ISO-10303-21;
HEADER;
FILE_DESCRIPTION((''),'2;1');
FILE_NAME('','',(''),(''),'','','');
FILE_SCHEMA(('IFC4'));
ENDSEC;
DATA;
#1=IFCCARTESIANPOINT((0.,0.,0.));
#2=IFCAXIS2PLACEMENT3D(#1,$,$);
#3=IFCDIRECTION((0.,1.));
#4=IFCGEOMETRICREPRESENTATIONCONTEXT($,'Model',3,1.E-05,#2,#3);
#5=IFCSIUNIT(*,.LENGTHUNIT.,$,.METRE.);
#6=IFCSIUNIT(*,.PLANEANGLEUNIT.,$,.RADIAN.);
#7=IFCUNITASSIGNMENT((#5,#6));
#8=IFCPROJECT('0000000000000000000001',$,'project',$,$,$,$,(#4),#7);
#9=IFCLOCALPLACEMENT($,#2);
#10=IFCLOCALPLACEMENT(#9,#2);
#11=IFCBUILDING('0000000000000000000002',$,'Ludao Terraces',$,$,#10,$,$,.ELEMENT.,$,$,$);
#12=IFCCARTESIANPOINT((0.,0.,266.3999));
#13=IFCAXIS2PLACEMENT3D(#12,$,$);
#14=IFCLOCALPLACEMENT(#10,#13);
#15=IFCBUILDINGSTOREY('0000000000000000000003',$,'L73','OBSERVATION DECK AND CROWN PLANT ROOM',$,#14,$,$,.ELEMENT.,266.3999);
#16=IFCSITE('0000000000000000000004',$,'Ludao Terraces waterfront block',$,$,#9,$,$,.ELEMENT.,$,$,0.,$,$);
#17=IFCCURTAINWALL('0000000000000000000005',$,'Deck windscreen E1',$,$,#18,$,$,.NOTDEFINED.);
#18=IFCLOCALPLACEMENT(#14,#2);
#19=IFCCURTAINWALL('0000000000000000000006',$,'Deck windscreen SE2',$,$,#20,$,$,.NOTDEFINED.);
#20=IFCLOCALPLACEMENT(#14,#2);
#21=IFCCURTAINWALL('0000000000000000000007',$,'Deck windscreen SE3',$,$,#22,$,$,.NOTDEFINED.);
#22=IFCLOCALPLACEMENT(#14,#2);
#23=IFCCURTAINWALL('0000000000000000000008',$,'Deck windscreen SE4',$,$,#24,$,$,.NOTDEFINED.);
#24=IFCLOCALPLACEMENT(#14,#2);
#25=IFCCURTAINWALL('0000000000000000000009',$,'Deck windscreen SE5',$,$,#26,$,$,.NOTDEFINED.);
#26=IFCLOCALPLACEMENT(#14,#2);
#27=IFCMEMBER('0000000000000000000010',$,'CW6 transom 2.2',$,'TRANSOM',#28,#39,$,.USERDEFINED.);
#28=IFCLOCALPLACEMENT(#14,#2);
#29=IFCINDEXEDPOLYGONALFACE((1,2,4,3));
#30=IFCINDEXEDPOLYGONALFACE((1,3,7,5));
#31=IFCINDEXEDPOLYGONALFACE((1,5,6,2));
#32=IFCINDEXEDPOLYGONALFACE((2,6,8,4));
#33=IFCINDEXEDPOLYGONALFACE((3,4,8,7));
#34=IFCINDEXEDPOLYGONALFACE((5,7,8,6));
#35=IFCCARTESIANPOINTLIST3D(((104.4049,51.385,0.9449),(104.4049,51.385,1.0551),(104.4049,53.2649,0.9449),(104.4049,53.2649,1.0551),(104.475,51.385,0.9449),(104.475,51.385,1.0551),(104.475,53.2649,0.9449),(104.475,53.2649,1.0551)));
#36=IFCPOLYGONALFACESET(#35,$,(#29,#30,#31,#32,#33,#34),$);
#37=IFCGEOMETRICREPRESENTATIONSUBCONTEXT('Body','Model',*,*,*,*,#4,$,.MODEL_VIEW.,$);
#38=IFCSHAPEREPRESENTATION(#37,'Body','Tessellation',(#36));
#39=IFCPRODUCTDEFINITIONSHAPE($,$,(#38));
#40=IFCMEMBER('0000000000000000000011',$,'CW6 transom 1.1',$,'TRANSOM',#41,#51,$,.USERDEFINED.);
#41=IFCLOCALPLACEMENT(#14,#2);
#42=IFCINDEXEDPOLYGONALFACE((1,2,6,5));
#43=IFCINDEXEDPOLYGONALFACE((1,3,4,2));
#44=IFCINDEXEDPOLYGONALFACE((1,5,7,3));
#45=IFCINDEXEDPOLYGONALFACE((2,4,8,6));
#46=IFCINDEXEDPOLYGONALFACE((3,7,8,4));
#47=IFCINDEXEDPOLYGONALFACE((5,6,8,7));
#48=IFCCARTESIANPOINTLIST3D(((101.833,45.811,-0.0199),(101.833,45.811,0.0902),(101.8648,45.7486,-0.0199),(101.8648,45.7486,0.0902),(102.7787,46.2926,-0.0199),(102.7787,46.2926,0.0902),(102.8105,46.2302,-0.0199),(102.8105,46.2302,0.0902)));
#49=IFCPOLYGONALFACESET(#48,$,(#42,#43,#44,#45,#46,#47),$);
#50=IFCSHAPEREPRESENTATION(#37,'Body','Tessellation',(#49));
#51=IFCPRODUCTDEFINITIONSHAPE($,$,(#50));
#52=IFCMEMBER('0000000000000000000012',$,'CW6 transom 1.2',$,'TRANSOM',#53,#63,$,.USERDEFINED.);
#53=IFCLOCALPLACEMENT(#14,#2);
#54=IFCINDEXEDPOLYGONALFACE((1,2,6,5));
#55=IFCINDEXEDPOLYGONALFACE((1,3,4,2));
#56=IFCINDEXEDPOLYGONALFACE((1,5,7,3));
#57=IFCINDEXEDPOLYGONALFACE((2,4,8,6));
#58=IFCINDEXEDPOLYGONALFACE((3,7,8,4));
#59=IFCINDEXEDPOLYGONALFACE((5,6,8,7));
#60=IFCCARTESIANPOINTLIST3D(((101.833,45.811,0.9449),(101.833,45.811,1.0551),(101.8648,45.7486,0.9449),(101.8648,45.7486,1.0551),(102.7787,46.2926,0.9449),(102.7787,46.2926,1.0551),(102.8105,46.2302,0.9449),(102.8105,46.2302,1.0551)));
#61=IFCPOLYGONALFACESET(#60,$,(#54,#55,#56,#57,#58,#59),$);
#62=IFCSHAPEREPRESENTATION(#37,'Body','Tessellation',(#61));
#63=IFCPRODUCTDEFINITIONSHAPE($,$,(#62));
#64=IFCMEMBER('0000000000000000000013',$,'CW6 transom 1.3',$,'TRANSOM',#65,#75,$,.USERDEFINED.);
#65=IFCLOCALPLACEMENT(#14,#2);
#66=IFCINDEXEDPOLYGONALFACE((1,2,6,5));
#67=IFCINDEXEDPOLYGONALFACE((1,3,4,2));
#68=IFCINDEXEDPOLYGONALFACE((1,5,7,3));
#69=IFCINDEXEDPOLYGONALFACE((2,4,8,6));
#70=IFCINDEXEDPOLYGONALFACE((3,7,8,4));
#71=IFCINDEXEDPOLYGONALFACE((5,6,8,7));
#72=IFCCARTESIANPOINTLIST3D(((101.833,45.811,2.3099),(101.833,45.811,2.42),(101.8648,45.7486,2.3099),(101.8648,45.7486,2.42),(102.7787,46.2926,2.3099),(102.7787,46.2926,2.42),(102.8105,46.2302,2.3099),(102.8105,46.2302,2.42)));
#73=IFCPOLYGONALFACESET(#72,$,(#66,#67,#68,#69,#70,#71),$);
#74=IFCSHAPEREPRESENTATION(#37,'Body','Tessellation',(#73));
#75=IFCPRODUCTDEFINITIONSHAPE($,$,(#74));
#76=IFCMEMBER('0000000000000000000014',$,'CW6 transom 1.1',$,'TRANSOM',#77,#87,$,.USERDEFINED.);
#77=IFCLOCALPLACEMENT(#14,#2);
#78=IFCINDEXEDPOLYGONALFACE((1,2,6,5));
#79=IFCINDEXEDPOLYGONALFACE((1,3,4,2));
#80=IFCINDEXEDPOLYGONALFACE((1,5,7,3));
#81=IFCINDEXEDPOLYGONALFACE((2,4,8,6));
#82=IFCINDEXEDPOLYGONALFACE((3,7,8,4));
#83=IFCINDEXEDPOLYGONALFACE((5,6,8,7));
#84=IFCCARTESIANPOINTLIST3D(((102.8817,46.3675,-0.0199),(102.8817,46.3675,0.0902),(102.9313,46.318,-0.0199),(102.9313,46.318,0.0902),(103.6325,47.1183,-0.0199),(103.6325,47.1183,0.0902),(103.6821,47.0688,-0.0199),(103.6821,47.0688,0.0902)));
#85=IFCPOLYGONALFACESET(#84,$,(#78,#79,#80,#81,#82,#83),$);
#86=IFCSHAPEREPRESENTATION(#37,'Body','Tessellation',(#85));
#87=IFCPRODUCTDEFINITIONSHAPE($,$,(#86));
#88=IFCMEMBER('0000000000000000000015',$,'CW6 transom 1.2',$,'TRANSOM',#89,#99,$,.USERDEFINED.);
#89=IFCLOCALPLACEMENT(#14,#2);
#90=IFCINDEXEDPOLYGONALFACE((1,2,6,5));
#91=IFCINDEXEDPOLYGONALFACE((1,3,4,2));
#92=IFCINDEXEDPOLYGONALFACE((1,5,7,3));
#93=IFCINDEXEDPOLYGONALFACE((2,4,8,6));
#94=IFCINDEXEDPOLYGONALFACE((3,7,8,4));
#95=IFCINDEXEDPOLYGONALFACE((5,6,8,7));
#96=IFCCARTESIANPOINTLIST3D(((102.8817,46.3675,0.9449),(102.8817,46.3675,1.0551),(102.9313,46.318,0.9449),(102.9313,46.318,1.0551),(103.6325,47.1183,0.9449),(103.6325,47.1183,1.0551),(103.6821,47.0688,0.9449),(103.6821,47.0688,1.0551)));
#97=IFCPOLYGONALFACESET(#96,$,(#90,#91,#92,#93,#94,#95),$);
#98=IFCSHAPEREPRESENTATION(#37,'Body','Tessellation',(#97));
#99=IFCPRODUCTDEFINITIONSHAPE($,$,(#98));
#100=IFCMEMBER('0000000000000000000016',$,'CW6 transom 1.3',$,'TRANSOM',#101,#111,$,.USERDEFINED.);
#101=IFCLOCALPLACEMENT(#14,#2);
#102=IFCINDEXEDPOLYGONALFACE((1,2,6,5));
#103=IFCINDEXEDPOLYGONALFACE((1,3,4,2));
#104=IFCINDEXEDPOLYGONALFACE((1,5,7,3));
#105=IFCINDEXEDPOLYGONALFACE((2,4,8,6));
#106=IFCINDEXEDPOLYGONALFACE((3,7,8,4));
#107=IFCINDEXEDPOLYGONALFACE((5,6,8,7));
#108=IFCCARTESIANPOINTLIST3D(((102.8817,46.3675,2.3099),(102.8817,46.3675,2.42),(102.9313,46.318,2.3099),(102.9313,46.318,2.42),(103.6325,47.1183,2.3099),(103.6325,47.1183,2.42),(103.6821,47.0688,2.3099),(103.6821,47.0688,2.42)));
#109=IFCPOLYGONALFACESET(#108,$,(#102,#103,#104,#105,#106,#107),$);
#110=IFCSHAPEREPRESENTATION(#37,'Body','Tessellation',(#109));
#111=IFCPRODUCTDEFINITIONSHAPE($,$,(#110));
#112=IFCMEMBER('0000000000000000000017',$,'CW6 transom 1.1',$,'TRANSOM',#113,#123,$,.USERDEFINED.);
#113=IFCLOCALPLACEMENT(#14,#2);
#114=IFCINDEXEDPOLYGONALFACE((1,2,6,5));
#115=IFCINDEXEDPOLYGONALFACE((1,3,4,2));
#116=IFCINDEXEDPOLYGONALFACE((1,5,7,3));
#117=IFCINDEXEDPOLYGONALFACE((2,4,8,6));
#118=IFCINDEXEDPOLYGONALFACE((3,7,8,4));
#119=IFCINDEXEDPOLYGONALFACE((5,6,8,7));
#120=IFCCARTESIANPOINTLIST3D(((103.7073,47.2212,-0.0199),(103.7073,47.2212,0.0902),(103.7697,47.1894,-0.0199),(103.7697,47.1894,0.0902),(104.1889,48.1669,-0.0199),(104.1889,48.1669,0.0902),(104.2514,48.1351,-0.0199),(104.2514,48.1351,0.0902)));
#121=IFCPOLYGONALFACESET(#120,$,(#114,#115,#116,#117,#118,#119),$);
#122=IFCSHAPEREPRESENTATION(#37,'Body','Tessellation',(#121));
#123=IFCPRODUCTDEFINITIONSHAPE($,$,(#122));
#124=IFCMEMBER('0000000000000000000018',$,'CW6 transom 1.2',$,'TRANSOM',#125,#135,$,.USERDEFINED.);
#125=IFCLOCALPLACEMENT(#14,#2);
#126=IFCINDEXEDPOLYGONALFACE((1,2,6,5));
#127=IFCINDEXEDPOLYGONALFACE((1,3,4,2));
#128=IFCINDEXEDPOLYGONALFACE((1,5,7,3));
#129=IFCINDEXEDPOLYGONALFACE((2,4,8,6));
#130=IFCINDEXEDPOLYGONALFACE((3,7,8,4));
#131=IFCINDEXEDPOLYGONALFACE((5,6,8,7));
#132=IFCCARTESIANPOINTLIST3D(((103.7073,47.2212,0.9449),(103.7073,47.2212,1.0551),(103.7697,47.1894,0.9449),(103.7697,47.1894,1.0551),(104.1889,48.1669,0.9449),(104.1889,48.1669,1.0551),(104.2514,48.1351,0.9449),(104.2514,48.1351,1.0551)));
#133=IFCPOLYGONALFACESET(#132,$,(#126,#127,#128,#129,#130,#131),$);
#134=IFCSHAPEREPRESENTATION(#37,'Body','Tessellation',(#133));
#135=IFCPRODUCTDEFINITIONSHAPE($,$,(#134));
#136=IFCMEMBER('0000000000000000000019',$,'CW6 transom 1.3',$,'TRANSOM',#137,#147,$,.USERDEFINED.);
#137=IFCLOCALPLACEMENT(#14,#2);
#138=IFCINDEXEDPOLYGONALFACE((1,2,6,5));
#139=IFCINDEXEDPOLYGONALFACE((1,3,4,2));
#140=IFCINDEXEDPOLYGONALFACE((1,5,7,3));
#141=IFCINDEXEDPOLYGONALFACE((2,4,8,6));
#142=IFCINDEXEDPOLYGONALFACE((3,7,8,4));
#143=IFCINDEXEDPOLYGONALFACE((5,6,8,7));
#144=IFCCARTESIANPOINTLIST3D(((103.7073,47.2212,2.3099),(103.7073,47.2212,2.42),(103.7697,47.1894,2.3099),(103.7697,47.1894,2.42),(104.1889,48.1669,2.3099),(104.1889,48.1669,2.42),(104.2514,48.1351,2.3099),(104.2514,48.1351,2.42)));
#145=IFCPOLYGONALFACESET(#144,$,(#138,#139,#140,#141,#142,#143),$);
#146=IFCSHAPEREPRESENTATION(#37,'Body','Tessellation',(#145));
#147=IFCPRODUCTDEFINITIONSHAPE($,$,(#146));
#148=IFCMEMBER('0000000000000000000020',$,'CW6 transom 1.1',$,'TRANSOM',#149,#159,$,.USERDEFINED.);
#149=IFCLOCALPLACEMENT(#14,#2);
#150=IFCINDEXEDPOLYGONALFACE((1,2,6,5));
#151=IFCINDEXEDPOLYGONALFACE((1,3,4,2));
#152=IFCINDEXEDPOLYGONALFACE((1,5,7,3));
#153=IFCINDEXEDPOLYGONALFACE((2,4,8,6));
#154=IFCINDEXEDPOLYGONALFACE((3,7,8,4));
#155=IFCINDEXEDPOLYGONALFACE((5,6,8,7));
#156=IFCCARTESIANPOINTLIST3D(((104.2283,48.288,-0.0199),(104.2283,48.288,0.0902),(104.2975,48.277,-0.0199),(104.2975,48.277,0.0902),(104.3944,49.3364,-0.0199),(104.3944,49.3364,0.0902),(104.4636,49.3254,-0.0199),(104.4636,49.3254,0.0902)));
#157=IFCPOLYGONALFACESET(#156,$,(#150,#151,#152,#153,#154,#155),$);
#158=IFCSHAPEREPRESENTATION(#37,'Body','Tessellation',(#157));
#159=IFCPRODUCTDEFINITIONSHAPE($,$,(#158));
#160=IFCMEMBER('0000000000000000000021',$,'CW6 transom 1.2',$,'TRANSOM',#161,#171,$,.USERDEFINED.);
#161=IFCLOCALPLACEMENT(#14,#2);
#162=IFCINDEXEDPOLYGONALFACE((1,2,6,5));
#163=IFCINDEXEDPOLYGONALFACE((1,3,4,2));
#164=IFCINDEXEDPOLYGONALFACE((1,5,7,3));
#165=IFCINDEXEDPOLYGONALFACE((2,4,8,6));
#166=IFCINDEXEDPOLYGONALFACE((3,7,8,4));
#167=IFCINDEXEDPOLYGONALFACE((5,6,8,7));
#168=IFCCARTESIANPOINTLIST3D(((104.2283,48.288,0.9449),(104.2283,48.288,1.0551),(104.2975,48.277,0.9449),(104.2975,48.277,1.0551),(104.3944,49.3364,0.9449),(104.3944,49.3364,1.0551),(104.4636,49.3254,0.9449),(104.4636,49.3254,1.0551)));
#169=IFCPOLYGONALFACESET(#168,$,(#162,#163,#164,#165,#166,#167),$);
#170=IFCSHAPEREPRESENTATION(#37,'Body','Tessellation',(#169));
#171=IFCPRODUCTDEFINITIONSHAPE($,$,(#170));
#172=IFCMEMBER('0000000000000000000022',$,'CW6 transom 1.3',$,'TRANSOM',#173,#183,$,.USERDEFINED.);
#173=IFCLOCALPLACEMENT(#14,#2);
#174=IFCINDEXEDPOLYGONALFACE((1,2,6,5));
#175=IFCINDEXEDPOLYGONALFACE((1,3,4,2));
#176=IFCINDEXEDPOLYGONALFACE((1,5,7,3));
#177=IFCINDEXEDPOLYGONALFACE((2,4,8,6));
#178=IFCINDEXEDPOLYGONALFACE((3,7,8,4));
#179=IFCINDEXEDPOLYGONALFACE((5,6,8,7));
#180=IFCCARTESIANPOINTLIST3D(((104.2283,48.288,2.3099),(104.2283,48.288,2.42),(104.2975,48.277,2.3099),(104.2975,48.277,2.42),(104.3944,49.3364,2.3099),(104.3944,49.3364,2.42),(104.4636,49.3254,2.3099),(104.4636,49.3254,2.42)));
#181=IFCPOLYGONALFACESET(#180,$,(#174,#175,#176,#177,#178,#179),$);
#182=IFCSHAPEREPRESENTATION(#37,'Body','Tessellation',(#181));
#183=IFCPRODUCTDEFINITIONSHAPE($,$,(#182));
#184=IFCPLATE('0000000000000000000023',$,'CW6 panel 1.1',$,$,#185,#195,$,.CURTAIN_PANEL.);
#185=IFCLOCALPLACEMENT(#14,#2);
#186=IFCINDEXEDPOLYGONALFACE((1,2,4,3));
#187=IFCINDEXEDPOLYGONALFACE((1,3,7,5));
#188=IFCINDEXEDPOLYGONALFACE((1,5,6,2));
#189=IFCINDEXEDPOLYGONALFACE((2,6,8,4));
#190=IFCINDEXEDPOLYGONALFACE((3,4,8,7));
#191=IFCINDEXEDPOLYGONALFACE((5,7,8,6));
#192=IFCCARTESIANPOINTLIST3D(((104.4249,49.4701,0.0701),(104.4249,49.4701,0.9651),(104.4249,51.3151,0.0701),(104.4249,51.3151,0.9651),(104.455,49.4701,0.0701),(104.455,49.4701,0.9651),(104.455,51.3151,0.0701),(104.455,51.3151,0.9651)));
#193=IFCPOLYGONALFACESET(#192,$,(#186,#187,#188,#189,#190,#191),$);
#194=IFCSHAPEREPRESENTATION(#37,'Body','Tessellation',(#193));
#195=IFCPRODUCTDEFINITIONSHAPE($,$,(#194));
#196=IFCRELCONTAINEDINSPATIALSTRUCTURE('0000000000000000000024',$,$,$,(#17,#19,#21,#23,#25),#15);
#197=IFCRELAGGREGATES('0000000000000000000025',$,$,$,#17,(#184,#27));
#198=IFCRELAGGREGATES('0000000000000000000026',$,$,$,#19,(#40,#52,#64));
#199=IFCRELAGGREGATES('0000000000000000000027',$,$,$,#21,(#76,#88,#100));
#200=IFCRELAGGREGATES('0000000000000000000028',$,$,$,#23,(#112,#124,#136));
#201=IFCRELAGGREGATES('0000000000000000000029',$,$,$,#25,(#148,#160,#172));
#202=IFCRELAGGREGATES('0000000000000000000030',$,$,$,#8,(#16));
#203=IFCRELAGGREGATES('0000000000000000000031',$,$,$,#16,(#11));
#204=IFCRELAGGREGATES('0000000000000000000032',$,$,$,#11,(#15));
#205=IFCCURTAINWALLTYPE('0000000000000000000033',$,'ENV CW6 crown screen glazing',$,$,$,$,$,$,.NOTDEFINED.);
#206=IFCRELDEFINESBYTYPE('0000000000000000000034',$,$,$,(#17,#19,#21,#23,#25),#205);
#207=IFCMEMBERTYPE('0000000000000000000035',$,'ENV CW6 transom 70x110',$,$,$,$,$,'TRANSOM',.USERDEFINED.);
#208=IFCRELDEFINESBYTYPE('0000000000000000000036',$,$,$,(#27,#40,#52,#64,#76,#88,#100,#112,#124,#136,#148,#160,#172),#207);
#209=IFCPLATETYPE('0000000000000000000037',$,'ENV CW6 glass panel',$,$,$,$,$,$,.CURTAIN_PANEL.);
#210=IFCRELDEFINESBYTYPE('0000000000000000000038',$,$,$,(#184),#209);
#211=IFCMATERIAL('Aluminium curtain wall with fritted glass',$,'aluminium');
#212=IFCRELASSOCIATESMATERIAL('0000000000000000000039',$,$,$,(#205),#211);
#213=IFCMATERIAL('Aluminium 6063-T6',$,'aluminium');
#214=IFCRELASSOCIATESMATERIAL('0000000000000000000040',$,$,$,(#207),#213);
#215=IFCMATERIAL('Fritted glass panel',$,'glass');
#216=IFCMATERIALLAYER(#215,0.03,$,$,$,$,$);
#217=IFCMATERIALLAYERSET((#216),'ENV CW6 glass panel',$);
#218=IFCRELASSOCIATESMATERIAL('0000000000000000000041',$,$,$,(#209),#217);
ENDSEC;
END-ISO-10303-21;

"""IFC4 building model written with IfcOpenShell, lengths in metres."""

from ifc_helpers import new_model, si_unit, direction, frame, origin, origin_2d, place, context, subcontext, project, spatial, rectangle, extrude, material, layer, layer_set, material_profile, profile_set, type_object, element, aggregate, save


model = new_model("IFC4")

# Units and contexts
model_context = context("Model", 3, precision=1e-05, world=origin(), true_north=direction((0.0, 1.0)))
body_context = subcontext(model_context, "Body", "Model", "MODEL_VIEW")
ifc_project = project(units=[si_unit("LENGTHUNIT", "METRE"), si_unit("PLANEANGLEUNIT", "RADIAN")], contexts=[model_context])

# Site, building, storey
site_placement = place(None, origin())
site = spatial("IfcSite", under=ifc_project, at=site_placement, Name="Ludao Terraces waterfront block", CompositionType="ELEMENT", RefElevation=0.0)
building_placement = place(site_placement, origin())
building = spatial("IfcBuilding", under=site, at=building_placement, Name="Ludao Terraces", CompositionType="ELEMENT")
storey_placement = place(building_placement, frame((0.0, 0.0, 266.3999)))
storey = spatial("IfcBuildingStorey", under=building, at=storey_placement, Name="L73", Description="OBSERVATION DECK AND CROWN PLANT ROOM", CompositionType="ELEMENT", Elevation=266.3999)

# Curtain wall
ifc_material_1 = material(Name="Aluminium curtain wall with fritted glass", Category="aluminium")
curtain_wall_type = type_object("IfcCurtainWallType", Name="ENV CW6 crown screen glazing", PredefinedType="NOTDEFINED", material=ifc_material_1)
curtain_wall_1_placement = place(storey_placement, origin())
curtain_wall_1 = element("IfcCurtainWall", 1, at=curtain_wall_1_placement, inside=storey, type_object=curtain_wall_type, Name="Deck windscreen E1", PredefinedType="NOTDEFINED")
ifc_material_2 = material(Name="Aluminium 6063-T6", Category="aluminium")

# Curtain walls
curtain_wall_2_placement = place(storey_placement, origin())
curtain_wall_2 = element("IfcCurtainWall", 2, at=curtain_wall_2_placement, inside=storey, type_object=curtain_wall_type, Name="Deck windscreen SE2", PredefinedType="NOTDEFINED")
curtain_wall_3_placement = place(storey_placement, origin())
curtain_wall_3 = element("IfcCurtainWall", 3, at=curtain_wall_3_placement, inside=storey, type_object=curtain_wall_type, Name="Deck windscreen SE3", PredefinedType="NOTDEFINED")
curtain_wall_4_placement = place(storey_placement, origin())
curtain_wall_4 = element("IfcCurtainWall", 4, at=curtain_wall_4_placement, inside=storey, type_object=curtain_wall_type, Name="Deck windscreen SE4", PredefinedType="NOTDEFINED")
curtain_wall_5_placement = place(storey_placement, origin())
curtain_wall_5 = element("IfcCurtainWall", 5, at=curtain_wall_5_placement, inside=storey, type_object=curtain_wall_type, Name="Deck windscreen SE5", PredefinedType="NOTDEFINED")

# Members
ifc_material_profile_1 = material_profile(ifc_material_2, rectangle(XDim=0.0701, YDim=0.1101, at=origin_2d()), Name="70 X 110")
ifc_profile_set_1 = profile_set([ifc_material_profile_1], Name="Aluminium 6063-T6")
member_type_1 = type_object("IfcMemberType", Name="ENV CW6 transom 70x110", ElementType="TRANSOM", PredefinedType="USERDEFINED", material=ifc_profile_set_1)
member_1_placement = place(storey_placement, frame((104.4399, 51.385, 1.0), z_axis=(0.0, 1.0, 0.0), x_axis=(-1.0, 0.0, 0.0)))
member_1 = element("IfcMember", 6, at=member_1_placement, type_object=member_type_1, Name="CW6 transom 2.2", ObjectType="TRANSOM", PredefinedType="USERDEFINED", context=body_context, shape_type="SweptSolid", body=[
    extrude(rectangle(XDim=0.0701, YDim=0.1101, at=origin_2d()), origin(), (0.0, 0.0, 1.0), 1.8799),
])
member_2_placement = place(storey_placement, frame((101.8489, 45.7798, 0.0352), z_axis=(0.89109, 0.453826, 0.0), x_axis=(-0.453826, 0.89109, 0.0)))
member_2 = element("IfcMember", 7, at=member_2_placement, type_object=member_type_1, Name="CW6 transom 1.1", ObjectType="TRANSOM", PredefinedType="USERDEFINED", context=body_context, shape_type="SweptSolid", body=[
    extrude(rectangle(XDim=0.0701, YDim=0.1101, at=origin_2d()), origin(), (0.0, 0.0, 1.0), 1.0613),
])
member_3_placement = place(storey_placement, frame((101.8489, 45.7798, 1.0), z_axis=(0.89109, 0.453826, 0.0), x_axis=(-0.453826, 0.89109, 0.0)))
member_3 = element("IfcMember", 8, at=member_3_placement, type_object=member_type_1, Name="CW6 transom 1.2", ObjectType="TRANSOM", PredefinedType="USERDEFINED", context=body_context, shape_type="SweptSolid", body=[
    extrude(rectangle(XDim=0.0701, YDim=0.1101, at=origin_2d()), origin(), (0.0, 0.0, 1.0), 1.0613),
])
member_4_placement = place(storey_placement, frame((101.8489, 45.7798, 2.365), z_axis=(0.89109, 0.453826, 0.0), x_axis=(-0.453826, 0.89109, 0.0)))
member_4 = element("IfcMember", 9, at=member_4_placement, type_object=member_type_1, Name="CW6 transom 1.3", ObjectType="TRANSOM", PredefinedType="USERDEFINED", context=body_context, shape_type="SweptSolid", body=[
    extrude(rectangle(XDim=0.0701, YDim=0.1101, at=origin_2d()), origin(), (0.0, 0.0, 1.0), 1.0613),
])
member_5_placement = place(storey_placement, frame((102.9065, 46.3428, 0.0352), z_axis=(0.707107, 0.707107, 0.0), x_axis=(-0.707107, 0.707107, 0.0)))
member_5 = element("IfcMember", 10, at=member_5_placement, type_object=member_type_1, Name="CW6 transom 1.1", ObjectType="TRANSOM", PredefinedType="USERDEFINED", context=body_context, shape_type="SweptSolid", body=[
    extrude(rectangle(XDim=0.0701, YDim=0.1101, at=origin_2d()), origin(), (0.0, 0.0, 1.0), 1.0618),
])
member_6_placement = place(storey_placement, frame((102.9065, 46.3428, 1.0), z_axis=(0.707107, 0.707107, 0.0), x_axis=(-0.707107, 0.707107, 0.0)))
member_6 = element("IfcMember", 11, at=member_6_placement, type_object=member_type_1, Name="CW6 transom 1.2", ObjectType="TRANSOM", PredefinedType="USERDEFINED", context=body_context, shape_type="SweptSolid", body=[
    extrude(rectangle(XDim=0.0701, YDim=0.1101, at=origin_2d()), origin(), (0.0, 0.0, 1.0), 1.0618),
])
member_7_placement = place(storey_placement, frame((102.9065, 46.3428, 2.365), z_axis=(0.707107, 0.707107, 0.0), x_axis=(-0.707107, 0.707107, 0.0)))
member_7 = element("IfcMember", 12, at=member_7_placement, type_object=member_type_1, Name="CW6 transom 1.3", ObjectType="TRANSOM", PredefinedType="USERDEFINED", context=body_context, shape_type="SweptSolid", body=[
    extrude(rectangle(XDim=0.0701, YDim=0.1101, at=origin_2d()), origin(), (0.0, 0.0, 1.0), 1.0618),
])
member_8_placement = place(storey_placement, frame((103.7385, 47.2053, 0.0352), z_axis=(0.453826, 0.89109, 0.0), x_axis=(-0.89109, 0.453826, 0.0)))
member_8 = element("IfcMember", 13, at=member_8_placement, type_object=member_type_1, Name="CW6 transom 1.1", ObjectType="TRANSOM", PredefinedType="USERDEFINED", context=body_context, shape_type="SweptSolid", body=[
    extrude(rectangle(XDim=0.0701, YDim=0.1101, at=origin_2d()), origin(), (0.0, 0.0, 1.0), 1.0613),
])
member_9_placement = place(storey_placement, frame((103.7385, 47.2053, 1.0), z_axis=(0.453826, 0.89109, 0.0), x_axis=(-0.89109, 0.453826, 0.0)))
member_9 = element("IfcMember", 14, at=member_9_placement, type_object=member_type_1, Name="CW6 transom 1.2", ObjectType="TRANSOM", PredefinedType="USERDEFINED", context=body_context, shape_type="SweptSolid", body=[
    extrude(rectangle(XDim=0.0701, YDim=0.1101, at=origin_2d()), origin(), (0.0, 0.0, 1.0), 1.0613),
])
member_10_placement = place(storey_placement, frame((103.7385, 47.2053, 2.365), z_axis=(0.453826, 0.89109, 0.0), x_axis=(-0.89109, 0.453826, 0.0)))
member_10 = element("IfcMember", 15, at=member_10_placement, type_object=member_type_1, Name="CW6 transom 1.3", ObjectType="TRANSOM", PredefinedType="USERDEFINED", context=body_context, shape_type="SweptSolid", body=[
    extrude(rectangle(XDim=0.0701, YDim=0.1101, at=origin_2d()), origin(), (0.0, 0.0, 1.0), 1.0613),
])
member_11_placement = place(storey_placement, frame((104.2629, 48.2825, 0.0352), z_axis=(0.156411, 0.987692, 0.0), x_axis=(-0.987692, 0.156411, 0.0)))
member_11 = element("IfcMember", 16, at=member_11_placement, type_object=member_type_1, Name="CW6 transom 1.1", ObjectType="TRANSOM", PredefinedType="USERDEFINED", context=body_context, shape_type="SweptSolid", body=[
    extrude(rectangle(XDim=0.0701, YDim=0.1101, at=origin_2d()), origin(), (0.0, 0.0, 1.0), 1.0615),
])
member_12_placement = place(storey_placement, frame((104.2629, 48.2825, 1.0), z_axis=(0.156411, 0.987692, 0.0), x_axis=(-0.987692, 0.156411, 0.0)))
member_12 = element("IfcMember", 17, at=member_12_placement, type_object=member_type_1, Name="CW6 transom 1.2", ObjectType="TRANSOM", PredefinedType="USERDEFINED", context=body_context, shape_type="SweptSolid", body=[
    extrude(rectangle(XDim=0.0701, YDim=0.1101, at=origin_2d()), origin(), (0.0, 0.0, 1.0), 1.0615),
])
member_13_placement = place(storey_placement, frame((104.2629, 48.2825, 2.365), z_axis=(0.156411, 0.987692, 0.0), x_axis=(-0.987692, 0.156411, 0.0)))
member_13 = element("IfcMember", 18, at=member_13_placement, type_object=member_type_1, Name="CW6 transom 1.3", ObjectType="TRANSOM", PredefinedType="USERDEFINED", context=body_context, shape_type="SweptSolid", body=[
    extrude(rectangle(XDim=0.0701, YDim=0.1101, at=origin_2d()), origin(), (0.0, 0.0, 1.0), 1.0615),
])

# Plate
ifc_material_3 = material(Name="Fritted glass panel", Category="glass")
ifc_layer = layer(ifc_material_3, 0.03)
ifc_layer_set = layer_set([ifc_layer], Name="ENV CW6 glass panel")
plate_type = type_object("IfcPlateType", Name="ENV CW6 glass panel", PredefinedType="CURTAIN_PANEL", material=ifc_layer_set)
plate_1_placement = place(storey_placement, frame((104.4399, 50.3926, 0.0701), z_axis=(0.0, 0.0, 1.0), x_axis=(0.0, 1.0, 0.0)))
plate_1 = element("IfcPlate", 19, at=plate_1_placement, type_object=plate_type, Name="CW6 panel 1.1", PredefinedType="CURTAIN_PANEL", context=body_context, shape_type="SweptSolid", body=[
    extrude(rectangle(XDim=1.845, YDim=0.03, at=origin_2d()), origin(), (0.0, 0.0, 1.0), 0.895),
])
aggregate(curtain_wall_1, [plate_1, member_1])
aggregate(curtain_wall_2, [member_2, member_3, member_4])
aggregate(curtain_wall_3, [member_5, member_6, member_7])
aggregate(curtain_wall_4, [member_8, member_9, member_10])
aggregate(curtain_wall_5, [member_11, member_12, member_13])

save(model, "model.ifc")
